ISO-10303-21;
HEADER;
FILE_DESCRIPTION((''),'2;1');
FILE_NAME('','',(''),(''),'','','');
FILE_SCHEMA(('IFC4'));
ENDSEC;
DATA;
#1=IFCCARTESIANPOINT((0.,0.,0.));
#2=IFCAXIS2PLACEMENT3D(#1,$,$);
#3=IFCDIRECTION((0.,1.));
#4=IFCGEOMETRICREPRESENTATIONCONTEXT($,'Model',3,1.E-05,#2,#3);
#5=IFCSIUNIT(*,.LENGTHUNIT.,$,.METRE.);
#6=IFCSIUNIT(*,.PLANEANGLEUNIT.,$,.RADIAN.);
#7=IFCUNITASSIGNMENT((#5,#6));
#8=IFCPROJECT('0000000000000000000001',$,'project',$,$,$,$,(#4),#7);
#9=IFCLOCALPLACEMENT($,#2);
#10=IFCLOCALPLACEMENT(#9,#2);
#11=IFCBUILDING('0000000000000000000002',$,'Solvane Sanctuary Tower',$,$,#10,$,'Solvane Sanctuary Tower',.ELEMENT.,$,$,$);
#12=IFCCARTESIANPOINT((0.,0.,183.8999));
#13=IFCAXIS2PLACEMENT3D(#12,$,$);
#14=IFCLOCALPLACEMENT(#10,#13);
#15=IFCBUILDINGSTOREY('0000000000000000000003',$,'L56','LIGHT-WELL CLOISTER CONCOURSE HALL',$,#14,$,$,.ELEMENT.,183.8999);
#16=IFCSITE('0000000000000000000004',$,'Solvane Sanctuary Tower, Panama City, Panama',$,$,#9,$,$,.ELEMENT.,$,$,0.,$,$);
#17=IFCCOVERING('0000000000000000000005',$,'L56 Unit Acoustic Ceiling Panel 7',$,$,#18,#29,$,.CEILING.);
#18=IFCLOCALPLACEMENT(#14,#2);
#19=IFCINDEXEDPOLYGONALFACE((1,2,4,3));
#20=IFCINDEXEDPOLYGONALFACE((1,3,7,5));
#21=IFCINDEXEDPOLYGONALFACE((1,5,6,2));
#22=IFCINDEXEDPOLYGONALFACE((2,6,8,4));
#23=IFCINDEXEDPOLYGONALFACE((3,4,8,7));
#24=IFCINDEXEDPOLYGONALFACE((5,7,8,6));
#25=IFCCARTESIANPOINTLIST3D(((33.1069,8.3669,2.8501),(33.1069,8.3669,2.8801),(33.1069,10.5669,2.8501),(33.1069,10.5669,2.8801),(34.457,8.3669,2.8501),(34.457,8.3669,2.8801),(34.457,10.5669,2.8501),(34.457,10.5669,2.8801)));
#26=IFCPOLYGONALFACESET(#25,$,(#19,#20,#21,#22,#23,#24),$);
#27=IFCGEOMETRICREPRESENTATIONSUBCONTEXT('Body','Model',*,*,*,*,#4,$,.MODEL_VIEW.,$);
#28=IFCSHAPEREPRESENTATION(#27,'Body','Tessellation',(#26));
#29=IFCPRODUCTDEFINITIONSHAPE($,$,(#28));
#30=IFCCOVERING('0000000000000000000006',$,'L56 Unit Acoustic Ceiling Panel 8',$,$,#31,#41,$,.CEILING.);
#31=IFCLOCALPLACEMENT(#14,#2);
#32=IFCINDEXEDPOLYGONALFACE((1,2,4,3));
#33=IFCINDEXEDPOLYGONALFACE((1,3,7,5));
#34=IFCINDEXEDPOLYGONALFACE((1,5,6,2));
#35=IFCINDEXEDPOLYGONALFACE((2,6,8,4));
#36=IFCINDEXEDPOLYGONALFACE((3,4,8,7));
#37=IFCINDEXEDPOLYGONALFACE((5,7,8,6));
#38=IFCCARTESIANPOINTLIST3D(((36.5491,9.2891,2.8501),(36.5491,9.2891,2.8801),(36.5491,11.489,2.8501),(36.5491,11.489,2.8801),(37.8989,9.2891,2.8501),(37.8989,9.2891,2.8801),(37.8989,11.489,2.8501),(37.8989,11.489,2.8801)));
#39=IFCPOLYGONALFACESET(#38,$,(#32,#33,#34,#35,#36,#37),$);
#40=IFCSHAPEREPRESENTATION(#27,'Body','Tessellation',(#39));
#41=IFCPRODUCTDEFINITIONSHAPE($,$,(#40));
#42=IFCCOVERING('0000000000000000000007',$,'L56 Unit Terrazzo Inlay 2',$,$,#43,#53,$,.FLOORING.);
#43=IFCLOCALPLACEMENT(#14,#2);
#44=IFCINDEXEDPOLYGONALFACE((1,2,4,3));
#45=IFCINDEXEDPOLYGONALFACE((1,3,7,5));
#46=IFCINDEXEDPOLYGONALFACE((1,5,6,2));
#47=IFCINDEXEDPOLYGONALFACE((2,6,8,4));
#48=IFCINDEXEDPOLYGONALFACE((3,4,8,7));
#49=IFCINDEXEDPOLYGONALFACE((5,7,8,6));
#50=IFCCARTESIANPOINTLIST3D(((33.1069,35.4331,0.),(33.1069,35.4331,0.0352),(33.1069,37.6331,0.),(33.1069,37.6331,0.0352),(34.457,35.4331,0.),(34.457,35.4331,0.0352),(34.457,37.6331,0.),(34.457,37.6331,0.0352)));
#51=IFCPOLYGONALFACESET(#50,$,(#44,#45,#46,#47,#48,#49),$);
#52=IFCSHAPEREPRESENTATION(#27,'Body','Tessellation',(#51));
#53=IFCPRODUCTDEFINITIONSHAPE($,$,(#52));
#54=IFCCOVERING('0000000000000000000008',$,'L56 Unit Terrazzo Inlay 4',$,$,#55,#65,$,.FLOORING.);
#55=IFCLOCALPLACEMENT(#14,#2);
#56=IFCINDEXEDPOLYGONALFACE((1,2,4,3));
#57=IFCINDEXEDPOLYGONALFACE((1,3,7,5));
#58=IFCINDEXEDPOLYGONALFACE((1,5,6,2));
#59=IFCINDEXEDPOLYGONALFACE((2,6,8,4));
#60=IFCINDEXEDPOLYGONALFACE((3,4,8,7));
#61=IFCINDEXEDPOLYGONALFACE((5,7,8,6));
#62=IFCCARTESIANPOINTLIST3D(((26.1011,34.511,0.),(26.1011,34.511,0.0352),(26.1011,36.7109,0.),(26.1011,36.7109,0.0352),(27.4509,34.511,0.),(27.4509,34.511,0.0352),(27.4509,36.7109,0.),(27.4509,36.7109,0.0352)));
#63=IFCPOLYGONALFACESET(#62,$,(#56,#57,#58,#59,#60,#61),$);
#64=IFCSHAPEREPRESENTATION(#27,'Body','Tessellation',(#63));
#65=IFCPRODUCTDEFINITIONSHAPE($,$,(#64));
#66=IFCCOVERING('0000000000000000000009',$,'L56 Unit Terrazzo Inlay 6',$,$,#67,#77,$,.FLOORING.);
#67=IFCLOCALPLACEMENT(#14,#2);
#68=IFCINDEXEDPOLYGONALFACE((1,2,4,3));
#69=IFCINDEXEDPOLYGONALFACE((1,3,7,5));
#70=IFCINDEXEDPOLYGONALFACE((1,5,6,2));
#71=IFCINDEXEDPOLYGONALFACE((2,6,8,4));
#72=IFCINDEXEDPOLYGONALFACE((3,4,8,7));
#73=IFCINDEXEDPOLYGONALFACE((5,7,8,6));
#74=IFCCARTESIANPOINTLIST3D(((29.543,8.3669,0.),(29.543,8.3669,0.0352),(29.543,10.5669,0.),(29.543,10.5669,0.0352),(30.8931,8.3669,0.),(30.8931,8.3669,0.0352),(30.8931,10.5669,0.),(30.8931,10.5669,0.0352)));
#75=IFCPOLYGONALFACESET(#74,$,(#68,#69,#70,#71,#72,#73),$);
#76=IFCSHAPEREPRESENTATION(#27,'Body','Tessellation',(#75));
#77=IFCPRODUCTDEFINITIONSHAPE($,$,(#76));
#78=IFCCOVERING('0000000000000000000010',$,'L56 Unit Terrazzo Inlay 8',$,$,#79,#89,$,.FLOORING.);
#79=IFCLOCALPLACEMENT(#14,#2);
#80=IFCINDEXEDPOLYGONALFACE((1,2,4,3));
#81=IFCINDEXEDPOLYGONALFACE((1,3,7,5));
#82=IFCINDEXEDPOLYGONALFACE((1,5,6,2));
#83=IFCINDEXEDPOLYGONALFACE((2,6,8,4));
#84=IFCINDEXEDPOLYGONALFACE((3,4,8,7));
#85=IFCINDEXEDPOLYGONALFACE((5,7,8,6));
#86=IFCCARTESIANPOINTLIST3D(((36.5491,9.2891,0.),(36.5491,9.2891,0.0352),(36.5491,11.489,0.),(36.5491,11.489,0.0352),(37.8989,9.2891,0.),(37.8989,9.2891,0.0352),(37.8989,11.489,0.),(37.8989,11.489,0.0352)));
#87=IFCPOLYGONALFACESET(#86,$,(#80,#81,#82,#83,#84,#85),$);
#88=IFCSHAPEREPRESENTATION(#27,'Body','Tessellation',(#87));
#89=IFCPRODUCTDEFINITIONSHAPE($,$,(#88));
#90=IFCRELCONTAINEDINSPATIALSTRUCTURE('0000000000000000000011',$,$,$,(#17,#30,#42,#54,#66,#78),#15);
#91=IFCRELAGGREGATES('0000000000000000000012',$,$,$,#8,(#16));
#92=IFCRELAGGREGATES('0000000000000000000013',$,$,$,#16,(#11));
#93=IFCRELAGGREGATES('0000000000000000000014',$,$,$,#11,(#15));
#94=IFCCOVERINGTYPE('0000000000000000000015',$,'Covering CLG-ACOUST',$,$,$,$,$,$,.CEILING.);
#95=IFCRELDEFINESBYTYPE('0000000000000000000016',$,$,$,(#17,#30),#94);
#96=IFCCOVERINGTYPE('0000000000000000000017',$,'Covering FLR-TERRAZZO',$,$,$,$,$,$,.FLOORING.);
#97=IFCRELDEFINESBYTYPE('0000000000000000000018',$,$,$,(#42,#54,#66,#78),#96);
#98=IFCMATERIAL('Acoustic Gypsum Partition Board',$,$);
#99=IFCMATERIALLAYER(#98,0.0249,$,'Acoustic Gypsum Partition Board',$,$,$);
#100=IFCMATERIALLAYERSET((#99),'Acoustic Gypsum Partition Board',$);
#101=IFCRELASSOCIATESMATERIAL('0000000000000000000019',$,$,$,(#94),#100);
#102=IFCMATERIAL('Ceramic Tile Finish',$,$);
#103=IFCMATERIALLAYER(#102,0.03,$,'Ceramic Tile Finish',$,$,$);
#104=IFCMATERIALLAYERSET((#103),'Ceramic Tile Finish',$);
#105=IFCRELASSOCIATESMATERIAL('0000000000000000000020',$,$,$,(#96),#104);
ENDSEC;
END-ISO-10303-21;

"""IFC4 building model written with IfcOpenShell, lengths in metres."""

from ifc_helpers import new_model, si_unit, direction, frame, origin, place, context, subcontext, project, spatial, polyline, outline, extrude, material, layer, layer_set, type_object, element, save


model = new_model("IFC4")

# Units and contexts
model_context = context("Model", 3, precision=1e-05, world=origin(), true_north=direction((0.0, 1.0)))
body_context = subcontext(model_context, "Body", "Model", "MODEL_VIEW")
ifc_project = project(units=[si_unit("LENGTHUNIT", "METRE"), si_unit("PLANEANGLEUNIT", "RADIAN")], contexts=[model_context])

# Site, building, storey
site_placement = place(None, origin())
site = spatial("IfcSite", under=ifc_project, at=site_placement, Name="Solvane Sanctuary Tower, Panama City, Panama", CompositionType="ELEMENT", RefElevation=0.0)
building_placement = place(site_placement, origin())
building = spatial("IfcBuilding", under=site, at=building_placement, Name="Solvane Sanctuary Tower", LongName="Solvane Sanctuary Tower", CompositionType="ELEMENT")
storey_placement = place(building_placement, frame((0.0, 0.0, 183.8999)))
storey = spatial("IfcBuildingStorey", under=building, at=storey_placement, Name="L56", Description="LIGHT-WELL CLOISTER CONCOURSE HALL", CompositionType="ELEMENT", Elevation=183.8999)

# Coverings
ifc_material_1 = material(Name="Acoustic Gypsum Partition Board")
ifc_layer_1 = layer(ifc_material_1, 0.0249, Name="Acoustic Gypsum Partition Board")
ifc_layer_set_1 = layer_set([ifc_layer_1], Name="Acoustic Gypsum Partition Board")
covering_type_1 = type_object("IfcCoveringType", Name="Covering CLG-ACOUST", PredefinedType="CEILING", material=ifc_layer_set_1)
covering_1_placement = place(storey_placement, frame((0.0, 0.0, 2.8501)))
element("IfcCovering", 1, at=covering_1_placement, inside=storey, type_object=covering_type_1, Name="L56 Unit Acoustic Ceiling Panel 7", PredefinedType="CEILING", context=body_context, shape_type="SweptSolid", body=[
    extrude(outline(polyline([(33.1069, 8.3669), (34.457, 8.3669), (34.457, 10.5669), (33.1069, 10.5669), (33.1069, 8.3669)])), origin(), (0.0, 0.0, 1.0), 0.03),
])
covering_2_placement = place(storey_placement, frame((0.0, 0.0, 2.8501)))
element("IfcCovering", 2, at=covering_2_placement, inside=storey, type_object=covering_type_1, Name="L56 Unit Acoustic Ceiling Panel 8", PredefinedType="CEILING", context=body_context, shape_type="SweptSolid", body=[
    extrude(outline(polyline([(36.5491, 9.2891), (37.8989, 9.2891), (37.8989, 11.489), (36.5491, 11.489), (36.5491, 9.2891)])), origin(), (0.0, 0.0, 1.0), 0.03),
])
ifc_material_2 = material(Name="Ceramic Tile Finish")
ifc_layer_2 = layer(ifc_material_2, 0.03, Name="Ceramic Tile Finish")
ifc_layer_set_2 = layer_set([ifc_layer_2], Name="Ceramic Tile Finish")
covering_type_2 = type_object("IfcCoveringType", Name="Covering FLR-TERRAZZO", PredefinedType="FLOORING", material=ifc_layer_set_2)
covering_3_placement = place(storey_placement, origin())
element("IfcCovering", 3, at=covering_3_placement, inside=storey, type_object=covering_type_2, Name="L56 Unit Terrazzo Inlay 2", PredefinedType="FLOORING", context=body_context, shape_type="SweptSolid", body=[
    extrude(outline(polyline([(33.1069, 35.4331), (34.457, 35.4331), (34.457, 37.6331), (33.1069, 37.6331), (33.1069, 35.4331)])), origin(), (0.0, 0.0, 1.0), 0.0352),
])
covering_4_placement = place(storey_placement, origin())
element("IfcCovering", 4, at=covering_4_placement, inside=storey, type_object=covering_type_2, Name="L56 Unit Terrazzo Inlay 4", PredefinedType="FLOORING", context=body_context, shape_type="SweptSolid", body=[
    extrude(outline(polyline([(26.1011, 34.511), (27.4509, 34.511), (27.4509, 36.7109), (26.1011, 36.7109), (26.1011, 34.511)])), origin(), (0.0, 0.0, 1.0), 0.0352),
])
covering_5_placement = place(storey_placement, origin())
element("IfcCovering", 5, at=covering_5_placement, inside=storey, type_object=covering_type_2, Name="L56 Unit Terrazzo Inlay 6", PredefinedType="FLOORING", context=body_context, shape_type="SweptSolid", body=[
    extrude(outline(polyline([(29.543, 8.3669), (30.8931, 8.3669), (30.8931, 10.5669), (29.543, 10.5669), (29.543, 8.3669)])), origin(), (0.0, 0.0, 1.0), 0.0352),
])
covering_6_placement = place(storey_placement, origin())
element("IfcCovering", 6, at=covering_6_placement, inside=storey, type_object=covering_type_2, Name="L56 Unit Terrazzo Inlay 8", PredefinedType="FLOORING", context=body_context, shape_type="SweptSolid", body=[
    extrude(outline(polyline([(36.5491, 9.2891), (37.8989, 9.2891), (37.8989, 11.489), (36.5491, 11.489), (36.5491, 9.2891)])), origin(), (0.0, 0.0, 1.0), 0.0352),
])

save(model, "model.ifc")
